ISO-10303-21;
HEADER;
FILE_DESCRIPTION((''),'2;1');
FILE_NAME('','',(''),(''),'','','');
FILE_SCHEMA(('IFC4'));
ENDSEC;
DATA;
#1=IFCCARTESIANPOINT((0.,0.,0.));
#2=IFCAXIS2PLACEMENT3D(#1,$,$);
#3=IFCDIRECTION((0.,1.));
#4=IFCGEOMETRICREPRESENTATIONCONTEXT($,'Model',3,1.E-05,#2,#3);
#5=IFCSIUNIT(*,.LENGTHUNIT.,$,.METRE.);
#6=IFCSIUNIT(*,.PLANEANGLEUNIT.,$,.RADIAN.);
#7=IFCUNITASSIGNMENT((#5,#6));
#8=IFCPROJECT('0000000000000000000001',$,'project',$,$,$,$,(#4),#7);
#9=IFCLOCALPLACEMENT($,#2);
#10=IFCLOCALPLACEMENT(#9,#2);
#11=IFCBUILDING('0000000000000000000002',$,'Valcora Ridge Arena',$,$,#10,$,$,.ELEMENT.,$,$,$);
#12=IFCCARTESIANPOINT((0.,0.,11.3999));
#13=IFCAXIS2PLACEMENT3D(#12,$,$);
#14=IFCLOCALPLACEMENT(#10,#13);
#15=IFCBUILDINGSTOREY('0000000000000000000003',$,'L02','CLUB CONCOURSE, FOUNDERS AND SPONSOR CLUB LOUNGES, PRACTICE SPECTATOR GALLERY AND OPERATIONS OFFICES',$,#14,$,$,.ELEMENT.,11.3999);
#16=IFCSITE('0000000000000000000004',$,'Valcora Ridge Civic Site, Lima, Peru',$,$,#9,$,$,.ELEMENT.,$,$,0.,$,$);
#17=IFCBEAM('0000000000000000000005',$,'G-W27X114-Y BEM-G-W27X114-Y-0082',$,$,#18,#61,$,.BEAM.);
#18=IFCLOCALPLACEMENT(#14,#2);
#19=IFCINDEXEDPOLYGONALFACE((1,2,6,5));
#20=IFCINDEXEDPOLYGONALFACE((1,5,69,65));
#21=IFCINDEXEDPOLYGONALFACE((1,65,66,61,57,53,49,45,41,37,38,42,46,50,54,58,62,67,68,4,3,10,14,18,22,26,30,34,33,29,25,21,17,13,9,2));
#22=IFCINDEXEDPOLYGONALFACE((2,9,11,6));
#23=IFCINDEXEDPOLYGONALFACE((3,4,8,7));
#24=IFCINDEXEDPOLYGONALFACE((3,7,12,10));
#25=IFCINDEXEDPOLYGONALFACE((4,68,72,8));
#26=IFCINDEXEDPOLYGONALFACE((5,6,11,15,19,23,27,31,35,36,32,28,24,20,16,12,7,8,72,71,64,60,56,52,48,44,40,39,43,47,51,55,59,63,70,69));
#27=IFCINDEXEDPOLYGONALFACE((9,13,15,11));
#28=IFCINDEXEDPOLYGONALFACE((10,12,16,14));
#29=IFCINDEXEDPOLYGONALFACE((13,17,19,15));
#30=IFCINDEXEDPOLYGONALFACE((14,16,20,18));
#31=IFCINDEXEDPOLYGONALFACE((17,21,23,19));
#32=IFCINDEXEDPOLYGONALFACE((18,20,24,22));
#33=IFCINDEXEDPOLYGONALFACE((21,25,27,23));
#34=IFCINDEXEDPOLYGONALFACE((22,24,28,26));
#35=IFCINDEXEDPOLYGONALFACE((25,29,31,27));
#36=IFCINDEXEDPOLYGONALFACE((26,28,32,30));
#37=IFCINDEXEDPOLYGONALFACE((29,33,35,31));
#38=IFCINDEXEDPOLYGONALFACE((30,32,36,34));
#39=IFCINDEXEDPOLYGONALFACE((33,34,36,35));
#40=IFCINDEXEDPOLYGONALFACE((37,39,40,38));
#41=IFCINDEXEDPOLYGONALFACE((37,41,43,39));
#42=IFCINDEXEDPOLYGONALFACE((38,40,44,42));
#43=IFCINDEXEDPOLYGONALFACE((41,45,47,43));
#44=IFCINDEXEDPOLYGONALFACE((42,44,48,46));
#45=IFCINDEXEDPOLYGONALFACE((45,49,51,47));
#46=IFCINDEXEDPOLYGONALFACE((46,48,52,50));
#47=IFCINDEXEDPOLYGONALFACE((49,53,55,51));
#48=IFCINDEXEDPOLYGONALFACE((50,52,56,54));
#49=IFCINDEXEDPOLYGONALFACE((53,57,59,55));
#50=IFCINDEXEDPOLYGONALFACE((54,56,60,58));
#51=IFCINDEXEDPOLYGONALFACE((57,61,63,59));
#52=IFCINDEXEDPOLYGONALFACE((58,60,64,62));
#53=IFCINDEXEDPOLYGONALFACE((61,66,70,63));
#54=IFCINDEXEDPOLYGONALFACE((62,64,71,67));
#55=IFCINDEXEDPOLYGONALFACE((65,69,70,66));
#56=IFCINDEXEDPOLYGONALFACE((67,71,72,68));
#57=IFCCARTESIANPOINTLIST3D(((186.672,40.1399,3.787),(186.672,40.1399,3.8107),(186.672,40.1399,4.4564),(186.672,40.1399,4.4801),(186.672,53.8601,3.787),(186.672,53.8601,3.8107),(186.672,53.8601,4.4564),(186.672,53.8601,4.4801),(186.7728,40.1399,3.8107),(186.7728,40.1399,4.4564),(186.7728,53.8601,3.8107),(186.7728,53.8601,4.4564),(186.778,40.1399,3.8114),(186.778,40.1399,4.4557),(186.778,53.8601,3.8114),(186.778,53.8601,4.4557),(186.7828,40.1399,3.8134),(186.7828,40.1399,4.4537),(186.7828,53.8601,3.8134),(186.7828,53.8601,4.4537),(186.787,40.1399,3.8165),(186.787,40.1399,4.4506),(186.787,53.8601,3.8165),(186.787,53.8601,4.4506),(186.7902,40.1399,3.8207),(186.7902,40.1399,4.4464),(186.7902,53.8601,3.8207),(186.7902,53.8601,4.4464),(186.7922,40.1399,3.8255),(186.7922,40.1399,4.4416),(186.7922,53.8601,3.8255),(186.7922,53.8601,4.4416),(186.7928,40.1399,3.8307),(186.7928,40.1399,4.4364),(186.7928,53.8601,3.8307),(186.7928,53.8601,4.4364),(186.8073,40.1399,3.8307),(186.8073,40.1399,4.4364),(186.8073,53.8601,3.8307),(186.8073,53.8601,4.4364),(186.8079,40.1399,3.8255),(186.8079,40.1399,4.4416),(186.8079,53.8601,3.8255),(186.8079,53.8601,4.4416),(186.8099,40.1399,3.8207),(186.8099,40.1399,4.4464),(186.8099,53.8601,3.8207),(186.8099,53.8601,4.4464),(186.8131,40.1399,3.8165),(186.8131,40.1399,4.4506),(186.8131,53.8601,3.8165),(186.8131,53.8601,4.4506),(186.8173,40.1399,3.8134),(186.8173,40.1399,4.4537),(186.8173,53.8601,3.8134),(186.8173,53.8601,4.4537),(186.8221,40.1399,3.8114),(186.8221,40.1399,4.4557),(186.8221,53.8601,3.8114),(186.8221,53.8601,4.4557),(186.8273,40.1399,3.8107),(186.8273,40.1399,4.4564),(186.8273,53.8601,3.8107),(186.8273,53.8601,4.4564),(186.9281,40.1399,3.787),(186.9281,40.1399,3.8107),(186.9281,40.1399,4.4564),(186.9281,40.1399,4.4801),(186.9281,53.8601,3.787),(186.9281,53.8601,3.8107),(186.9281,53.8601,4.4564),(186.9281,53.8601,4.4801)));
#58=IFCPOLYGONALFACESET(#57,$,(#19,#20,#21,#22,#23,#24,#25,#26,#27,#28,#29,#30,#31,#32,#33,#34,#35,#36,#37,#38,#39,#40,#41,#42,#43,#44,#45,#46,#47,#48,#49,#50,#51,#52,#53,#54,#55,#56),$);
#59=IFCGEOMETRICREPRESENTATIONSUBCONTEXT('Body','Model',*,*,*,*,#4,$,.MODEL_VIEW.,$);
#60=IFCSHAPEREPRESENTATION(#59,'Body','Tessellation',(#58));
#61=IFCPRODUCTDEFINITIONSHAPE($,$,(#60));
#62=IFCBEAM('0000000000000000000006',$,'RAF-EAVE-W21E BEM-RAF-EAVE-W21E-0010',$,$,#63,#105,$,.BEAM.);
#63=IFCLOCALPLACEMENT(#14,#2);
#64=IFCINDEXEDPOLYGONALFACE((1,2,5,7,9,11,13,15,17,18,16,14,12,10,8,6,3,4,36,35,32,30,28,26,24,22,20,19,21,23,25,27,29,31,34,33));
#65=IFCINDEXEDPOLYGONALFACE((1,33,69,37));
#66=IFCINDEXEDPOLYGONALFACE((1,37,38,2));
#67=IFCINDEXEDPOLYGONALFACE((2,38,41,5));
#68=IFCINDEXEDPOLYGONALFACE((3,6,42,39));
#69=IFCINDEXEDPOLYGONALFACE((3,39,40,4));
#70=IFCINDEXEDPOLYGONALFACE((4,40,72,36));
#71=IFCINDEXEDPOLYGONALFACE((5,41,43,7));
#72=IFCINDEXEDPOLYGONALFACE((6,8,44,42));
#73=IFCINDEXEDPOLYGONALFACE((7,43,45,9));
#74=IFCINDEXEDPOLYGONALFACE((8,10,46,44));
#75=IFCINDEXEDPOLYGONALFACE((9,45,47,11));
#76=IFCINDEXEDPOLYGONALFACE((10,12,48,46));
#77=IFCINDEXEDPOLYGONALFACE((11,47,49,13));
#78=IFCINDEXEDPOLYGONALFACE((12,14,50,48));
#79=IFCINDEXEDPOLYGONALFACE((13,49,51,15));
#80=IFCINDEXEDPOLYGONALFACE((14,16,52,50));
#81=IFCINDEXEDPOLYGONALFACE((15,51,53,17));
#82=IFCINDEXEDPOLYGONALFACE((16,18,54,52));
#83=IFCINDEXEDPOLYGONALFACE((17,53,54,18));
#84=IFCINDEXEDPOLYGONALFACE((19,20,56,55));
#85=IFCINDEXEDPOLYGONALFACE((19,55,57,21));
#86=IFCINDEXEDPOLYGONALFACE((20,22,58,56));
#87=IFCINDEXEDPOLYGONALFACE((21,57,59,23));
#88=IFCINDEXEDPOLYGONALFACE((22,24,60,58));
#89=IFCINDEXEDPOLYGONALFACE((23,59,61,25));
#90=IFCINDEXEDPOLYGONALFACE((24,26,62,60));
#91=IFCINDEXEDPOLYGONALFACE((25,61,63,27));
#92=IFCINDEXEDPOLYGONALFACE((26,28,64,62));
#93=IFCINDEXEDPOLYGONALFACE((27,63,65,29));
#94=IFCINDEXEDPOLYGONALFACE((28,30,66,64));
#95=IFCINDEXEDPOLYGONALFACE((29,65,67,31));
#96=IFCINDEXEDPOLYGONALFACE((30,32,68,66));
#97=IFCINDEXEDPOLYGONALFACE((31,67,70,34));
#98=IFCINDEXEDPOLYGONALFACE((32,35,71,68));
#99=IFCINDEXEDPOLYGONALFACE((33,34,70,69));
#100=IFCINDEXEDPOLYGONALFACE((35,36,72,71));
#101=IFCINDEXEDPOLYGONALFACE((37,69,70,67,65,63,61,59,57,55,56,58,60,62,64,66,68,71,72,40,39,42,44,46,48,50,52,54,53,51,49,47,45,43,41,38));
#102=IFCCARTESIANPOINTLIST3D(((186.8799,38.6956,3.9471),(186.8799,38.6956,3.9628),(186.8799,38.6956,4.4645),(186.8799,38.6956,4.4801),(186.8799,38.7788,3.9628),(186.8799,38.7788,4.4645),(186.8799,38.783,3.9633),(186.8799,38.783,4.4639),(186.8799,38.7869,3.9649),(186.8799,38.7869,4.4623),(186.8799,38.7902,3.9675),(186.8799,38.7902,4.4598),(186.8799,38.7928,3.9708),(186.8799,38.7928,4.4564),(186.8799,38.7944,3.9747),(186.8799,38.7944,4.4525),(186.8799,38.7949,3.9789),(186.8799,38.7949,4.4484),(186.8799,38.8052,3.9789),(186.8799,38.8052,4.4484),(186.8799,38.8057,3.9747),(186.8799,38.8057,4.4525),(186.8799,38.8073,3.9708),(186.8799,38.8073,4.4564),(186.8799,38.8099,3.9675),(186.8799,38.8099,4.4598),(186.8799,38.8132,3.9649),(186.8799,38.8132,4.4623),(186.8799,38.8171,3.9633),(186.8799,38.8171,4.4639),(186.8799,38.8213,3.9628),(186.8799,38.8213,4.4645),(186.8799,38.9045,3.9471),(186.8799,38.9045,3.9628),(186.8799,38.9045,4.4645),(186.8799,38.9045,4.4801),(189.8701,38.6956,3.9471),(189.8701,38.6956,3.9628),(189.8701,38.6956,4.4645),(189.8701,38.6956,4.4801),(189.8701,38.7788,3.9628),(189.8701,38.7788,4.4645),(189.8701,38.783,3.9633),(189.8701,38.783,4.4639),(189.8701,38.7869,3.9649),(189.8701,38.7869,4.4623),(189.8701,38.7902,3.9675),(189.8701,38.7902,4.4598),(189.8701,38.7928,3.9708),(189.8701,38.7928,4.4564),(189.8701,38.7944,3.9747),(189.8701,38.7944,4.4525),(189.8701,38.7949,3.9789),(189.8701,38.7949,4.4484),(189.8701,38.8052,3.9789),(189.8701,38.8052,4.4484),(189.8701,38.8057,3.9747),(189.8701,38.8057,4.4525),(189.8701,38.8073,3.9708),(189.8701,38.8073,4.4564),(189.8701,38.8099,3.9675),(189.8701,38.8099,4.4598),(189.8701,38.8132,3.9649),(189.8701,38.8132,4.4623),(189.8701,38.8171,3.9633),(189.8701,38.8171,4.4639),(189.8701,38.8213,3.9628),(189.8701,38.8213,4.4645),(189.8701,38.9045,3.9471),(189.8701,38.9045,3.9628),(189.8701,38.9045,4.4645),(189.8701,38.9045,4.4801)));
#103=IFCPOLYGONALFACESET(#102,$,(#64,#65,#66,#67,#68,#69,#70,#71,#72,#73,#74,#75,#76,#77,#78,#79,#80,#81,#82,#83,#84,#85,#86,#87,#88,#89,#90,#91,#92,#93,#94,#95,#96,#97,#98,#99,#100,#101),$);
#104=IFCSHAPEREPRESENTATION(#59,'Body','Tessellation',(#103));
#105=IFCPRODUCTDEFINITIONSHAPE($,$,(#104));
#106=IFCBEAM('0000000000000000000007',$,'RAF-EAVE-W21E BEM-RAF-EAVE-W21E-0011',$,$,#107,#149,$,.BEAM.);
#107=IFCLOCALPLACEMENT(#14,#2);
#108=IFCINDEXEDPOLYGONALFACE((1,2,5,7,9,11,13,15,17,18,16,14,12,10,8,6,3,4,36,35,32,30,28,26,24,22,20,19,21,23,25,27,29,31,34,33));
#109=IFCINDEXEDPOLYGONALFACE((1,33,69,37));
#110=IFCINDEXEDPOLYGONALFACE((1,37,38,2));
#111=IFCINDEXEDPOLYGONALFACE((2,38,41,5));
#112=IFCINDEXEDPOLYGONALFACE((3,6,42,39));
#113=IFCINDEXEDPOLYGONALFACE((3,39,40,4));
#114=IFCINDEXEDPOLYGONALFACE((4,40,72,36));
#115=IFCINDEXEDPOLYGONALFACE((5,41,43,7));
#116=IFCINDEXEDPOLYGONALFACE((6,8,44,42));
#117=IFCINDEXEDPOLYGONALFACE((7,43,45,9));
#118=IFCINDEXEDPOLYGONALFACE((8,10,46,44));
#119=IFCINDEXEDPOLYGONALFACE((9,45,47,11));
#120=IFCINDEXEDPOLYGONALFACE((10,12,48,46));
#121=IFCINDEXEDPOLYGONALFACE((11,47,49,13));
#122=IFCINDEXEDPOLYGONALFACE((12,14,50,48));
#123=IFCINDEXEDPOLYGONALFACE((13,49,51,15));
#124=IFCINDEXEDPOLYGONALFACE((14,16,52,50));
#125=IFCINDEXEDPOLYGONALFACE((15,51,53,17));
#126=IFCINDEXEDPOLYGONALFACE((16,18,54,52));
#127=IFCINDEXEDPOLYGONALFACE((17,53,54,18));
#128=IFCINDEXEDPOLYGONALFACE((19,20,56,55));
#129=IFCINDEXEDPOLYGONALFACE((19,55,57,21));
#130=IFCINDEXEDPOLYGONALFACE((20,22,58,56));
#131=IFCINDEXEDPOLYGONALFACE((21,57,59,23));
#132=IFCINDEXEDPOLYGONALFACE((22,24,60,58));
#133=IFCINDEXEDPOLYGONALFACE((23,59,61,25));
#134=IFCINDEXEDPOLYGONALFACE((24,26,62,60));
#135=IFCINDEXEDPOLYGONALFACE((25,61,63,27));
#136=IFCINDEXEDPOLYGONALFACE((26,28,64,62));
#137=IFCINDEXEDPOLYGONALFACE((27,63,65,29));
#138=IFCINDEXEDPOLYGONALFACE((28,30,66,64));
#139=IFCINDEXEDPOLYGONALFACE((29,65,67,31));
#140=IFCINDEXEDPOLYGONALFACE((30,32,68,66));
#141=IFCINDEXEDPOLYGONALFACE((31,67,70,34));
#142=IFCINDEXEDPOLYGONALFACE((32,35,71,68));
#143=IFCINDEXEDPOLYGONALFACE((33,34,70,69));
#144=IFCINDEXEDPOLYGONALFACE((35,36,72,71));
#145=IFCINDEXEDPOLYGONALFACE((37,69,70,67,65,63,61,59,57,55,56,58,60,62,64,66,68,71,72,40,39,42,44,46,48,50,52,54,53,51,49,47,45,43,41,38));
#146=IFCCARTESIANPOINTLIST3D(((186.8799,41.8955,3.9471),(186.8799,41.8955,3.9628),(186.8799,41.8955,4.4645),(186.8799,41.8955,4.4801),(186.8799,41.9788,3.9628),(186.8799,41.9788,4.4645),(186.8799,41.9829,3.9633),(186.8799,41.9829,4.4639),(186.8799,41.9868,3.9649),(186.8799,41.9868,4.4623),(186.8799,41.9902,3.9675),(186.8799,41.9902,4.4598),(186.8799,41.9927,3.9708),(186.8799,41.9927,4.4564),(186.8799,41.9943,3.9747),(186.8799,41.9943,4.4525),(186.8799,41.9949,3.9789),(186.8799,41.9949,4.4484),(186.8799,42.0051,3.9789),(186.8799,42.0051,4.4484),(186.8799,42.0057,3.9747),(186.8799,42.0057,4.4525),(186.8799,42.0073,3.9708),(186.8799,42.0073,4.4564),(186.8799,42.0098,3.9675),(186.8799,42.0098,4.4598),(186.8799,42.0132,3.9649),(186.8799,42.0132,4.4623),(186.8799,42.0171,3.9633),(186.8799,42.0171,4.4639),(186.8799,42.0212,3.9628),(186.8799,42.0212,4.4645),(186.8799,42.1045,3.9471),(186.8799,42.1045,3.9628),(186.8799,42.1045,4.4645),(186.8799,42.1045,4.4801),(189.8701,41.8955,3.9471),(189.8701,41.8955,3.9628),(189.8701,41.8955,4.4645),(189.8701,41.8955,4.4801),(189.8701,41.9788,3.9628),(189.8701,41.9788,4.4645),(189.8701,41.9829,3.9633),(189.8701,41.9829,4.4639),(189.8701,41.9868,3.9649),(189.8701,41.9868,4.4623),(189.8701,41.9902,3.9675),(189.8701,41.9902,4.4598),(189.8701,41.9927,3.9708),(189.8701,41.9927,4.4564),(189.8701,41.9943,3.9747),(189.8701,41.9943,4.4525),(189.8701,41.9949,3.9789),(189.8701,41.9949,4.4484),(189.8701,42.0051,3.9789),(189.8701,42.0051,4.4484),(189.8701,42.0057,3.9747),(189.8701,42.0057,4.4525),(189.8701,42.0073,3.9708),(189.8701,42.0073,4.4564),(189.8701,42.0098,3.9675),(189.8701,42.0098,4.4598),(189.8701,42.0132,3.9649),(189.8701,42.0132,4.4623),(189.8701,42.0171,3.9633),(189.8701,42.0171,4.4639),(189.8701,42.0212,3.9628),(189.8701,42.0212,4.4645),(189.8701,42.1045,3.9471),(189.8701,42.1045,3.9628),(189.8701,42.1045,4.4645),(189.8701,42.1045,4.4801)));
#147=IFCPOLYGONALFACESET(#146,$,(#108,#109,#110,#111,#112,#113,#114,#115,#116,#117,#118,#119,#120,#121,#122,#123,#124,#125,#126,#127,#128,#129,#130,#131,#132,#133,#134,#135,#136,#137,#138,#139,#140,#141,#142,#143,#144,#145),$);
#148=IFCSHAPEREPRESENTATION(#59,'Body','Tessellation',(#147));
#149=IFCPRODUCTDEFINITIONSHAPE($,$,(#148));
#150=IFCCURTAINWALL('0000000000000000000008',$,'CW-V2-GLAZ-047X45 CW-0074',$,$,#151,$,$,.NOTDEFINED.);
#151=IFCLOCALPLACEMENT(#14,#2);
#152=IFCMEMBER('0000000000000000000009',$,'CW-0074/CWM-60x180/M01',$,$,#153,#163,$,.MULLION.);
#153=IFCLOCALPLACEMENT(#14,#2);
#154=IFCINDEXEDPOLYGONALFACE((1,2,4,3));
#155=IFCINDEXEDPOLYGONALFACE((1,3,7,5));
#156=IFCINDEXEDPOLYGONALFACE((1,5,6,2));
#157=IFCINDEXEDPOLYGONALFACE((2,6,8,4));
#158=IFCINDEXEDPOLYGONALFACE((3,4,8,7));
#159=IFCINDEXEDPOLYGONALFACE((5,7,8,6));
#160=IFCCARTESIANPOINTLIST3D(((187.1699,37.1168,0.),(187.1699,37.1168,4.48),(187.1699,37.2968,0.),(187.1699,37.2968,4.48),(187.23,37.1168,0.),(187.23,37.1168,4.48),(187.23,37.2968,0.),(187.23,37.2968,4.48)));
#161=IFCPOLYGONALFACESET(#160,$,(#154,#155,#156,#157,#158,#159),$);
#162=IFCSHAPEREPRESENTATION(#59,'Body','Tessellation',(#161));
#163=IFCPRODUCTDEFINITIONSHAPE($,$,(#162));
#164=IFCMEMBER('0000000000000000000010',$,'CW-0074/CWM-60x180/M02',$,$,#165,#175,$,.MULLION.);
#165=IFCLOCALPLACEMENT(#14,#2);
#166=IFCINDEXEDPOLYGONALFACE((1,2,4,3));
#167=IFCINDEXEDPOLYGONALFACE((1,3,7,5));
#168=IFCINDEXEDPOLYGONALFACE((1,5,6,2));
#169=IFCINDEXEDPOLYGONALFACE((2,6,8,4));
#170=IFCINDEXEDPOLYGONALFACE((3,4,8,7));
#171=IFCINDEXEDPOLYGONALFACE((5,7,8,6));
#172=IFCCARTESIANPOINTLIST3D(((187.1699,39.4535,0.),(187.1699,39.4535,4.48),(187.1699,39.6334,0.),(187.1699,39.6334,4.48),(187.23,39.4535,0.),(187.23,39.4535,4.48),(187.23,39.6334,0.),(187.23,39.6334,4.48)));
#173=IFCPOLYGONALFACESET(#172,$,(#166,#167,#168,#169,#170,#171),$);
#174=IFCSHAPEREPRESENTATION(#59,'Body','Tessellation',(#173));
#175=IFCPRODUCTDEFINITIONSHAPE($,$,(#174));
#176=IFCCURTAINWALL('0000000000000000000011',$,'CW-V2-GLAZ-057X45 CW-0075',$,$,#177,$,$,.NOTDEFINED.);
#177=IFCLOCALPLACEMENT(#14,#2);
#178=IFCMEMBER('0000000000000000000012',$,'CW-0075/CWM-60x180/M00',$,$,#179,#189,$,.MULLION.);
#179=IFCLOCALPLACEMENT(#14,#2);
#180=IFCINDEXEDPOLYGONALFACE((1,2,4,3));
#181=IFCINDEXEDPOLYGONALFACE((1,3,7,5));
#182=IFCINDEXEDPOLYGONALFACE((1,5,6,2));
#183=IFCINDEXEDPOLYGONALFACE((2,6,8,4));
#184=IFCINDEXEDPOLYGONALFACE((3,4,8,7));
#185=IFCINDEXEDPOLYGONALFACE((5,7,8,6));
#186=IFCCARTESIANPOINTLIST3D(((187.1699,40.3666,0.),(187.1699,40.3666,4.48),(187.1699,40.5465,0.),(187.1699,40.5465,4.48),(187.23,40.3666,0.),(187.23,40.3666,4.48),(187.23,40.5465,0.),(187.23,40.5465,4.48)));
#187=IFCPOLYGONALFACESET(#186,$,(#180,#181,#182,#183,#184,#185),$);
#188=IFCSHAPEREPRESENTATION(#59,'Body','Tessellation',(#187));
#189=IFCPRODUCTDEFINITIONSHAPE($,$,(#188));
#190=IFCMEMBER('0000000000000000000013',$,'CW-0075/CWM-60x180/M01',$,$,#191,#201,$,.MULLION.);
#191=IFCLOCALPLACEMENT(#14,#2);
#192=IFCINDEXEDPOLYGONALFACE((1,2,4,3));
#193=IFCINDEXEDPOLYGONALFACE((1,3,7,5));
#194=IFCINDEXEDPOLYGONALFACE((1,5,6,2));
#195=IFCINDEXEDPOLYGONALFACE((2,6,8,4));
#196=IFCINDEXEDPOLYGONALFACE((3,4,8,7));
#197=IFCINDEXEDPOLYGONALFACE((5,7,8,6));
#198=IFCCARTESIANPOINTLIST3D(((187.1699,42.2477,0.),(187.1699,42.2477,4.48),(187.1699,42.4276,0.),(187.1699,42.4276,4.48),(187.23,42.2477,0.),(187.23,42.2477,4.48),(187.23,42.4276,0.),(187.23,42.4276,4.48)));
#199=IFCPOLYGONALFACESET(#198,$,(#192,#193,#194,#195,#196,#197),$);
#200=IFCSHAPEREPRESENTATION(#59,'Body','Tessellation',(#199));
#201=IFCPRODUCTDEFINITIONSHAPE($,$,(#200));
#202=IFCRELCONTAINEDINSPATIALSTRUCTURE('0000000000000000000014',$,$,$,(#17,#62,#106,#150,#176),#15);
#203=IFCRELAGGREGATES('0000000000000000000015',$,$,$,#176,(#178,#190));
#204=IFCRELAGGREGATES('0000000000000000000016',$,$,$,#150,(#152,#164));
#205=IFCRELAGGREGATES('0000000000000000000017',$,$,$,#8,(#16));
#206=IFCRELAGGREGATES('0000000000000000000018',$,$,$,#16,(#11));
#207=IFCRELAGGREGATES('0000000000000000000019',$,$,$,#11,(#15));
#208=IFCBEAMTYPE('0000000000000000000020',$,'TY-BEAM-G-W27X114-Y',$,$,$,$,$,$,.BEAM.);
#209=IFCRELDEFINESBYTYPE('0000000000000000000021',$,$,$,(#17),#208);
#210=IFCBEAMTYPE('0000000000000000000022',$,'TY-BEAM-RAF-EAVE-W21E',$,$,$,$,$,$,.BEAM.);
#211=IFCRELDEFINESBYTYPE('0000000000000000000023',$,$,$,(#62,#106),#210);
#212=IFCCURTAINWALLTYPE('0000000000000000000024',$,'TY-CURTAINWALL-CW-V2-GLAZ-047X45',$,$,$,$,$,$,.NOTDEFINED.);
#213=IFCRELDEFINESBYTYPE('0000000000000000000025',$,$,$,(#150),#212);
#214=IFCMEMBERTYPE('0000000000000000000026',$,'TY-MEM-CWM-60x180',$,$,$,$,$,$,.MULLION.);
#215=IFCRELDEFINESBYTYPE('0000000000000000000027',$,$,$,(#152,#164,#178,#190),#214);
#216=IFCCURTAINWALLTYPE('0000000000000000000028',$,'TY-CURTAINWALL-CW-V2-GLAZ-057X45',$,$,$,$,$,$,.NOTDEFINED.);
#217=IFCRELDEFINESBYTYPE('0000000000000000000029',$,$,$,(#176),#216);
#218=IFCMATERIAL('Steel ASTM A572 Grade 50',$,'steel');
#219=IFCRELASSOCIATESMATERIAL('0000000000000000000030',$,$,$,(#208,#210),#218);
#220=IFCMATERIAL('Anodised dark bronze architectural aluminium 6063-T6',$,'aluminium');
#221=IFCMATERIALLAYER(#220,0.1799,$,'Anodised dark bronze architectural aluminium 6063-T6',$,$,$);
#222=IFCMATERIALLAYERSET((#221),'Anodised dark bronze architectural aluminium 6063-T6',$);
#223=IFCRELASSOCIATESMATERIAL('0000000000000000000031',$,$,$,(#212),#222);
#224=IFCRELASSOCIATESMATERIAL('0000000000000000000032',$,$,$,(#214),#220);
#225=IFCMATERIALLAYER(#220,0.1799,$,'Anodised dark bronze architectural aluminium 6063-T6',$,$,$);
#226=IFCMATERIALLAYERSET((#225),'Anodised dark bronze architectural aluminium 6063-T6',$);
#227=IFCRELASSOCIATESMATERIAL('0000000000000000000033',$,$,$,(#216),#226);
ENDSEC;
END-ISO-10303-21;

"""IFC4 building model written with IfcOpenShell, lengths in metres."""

from ifc_helpers import new_model, si_unit, direction, frame, origin, origin_2d, place, context, subcontext, project, spatial, rectangle, i_section, extrude, material, layer, layer_set, material_profile, profile_set, type_object, element, aggregate, save


model = new_model("IFC4")

# Units and contexts
model_context = context("Model", 3, precision=1e-05, world=origin(), true_north=direction((0.0, 1.0)))
body_context = subcontext(model_context, "Body", "Model", "MODEL_VIEW")
ifc_project = project(units=[si_unit("LENGTHUNIT", "METRE"), si_unit("PLANEANGLEUNIT", "RADIAN")], contexts=[model_context])

# Site, building, storey
site_placement = place(None, origin())
site = spatial("IfcSite", under=ifc_project, at=site_placement, Name="Valcora Ridge Civic Site, Lima, Peru", CompositionType="ELEMENT", RefElevation=0.0)
building_placement = place(site_placement, origin())
building = spatial("IfcBuilding", under=site, at=building_placement, Name="Valcora Ridge Arena", CompositionType="ELEMENT")
storey_placement = place(building_placement, frame((0.0, 0.0, 11.3999)))
storey = spatial("IfcBuildingStorey", under=building, at=storey_placement, Name="L02", Description="CLUB CONCOURSE, FOUNDERS AND SPONSOR CLUB LOUNGES, PRACTICE SPECTATOR GALLERY AND OPERATIONS OFFICES", CompositionType="ELEMENT", Elevation=11.3999)

# Shared definitions
ifc_material_1 = material(Name="Steel ASTM A572 Grade 50", Category="steel")

# Beams
ifc_material_profile_1 = material_profile(ifc_material_1, i_section(OverallWidth=0.2561, OverallDepth=0.6931, WebThickness=0.0144, FlangeThickness=0.0237, FilletRadius=0.02, at=origin_2d()), Name="W27X114")
ifc_profile_set_1 = profile_set([ifc_material_profile_1], Name="Steel ASTM A572 Grade 50")
beam_type_1 = type_object("IfcBeamType", Name="TY-BEAM-G-W27X114-Y", PredefinedType="BEAM", material=ifc_profile_set_1)
for number, where, z_axis, x_axis, name in (
    (1, (186.8, 40.1399, 4.1335), (0.0, 1.0, 0.0), (-1.0, 0.0, 0.0), "G-W27X114-Y BEM-G-W27X114-Y-0082"),
):
    element("IfcBeam", number, at=place(storey_placement, frame(where, z_axis=z_axis, x_axis=x_axis)), inside=storey, type_object=beam_type_1, Name=name, PredefinedType="BEAM", context=body_context, shape_type="SweptSolid", body=[
        extrude(i_section(OverallWidth=0.2561, OverallDepth=0.6931, WebThickness=0.0144, FlangeThickness=0.0237, FilletRadius=0.02, at=origin_2d()), origin(), (0.0, 0.0, 1.0), 13.7202),
    ])
ifc_material_profile_2 = material_profile(ifc_material_1, i_section(OverallWidth=0.209, OverallDepth=0.533, WebThickness=0.0103, FlangeThickness=0.0156, FilletRadius=0.0161, at=origin_2d()), Name="W21X62")
ifc_profile_set_2 = profile_set([ifc_material_profile_2], Name="Steel ASTM A572 Grade 50")
beam_type_2 = type_object("IfcBeamType", Name="TY-BEAM-RAF-EAVE-W21E", PredefinedType="BEAM", material=ifc_profile_set_2)
for number, where, z_axis, x_axis, name in (
    (2, (186.8799, 38.8, 4.2136), (1.0, 0.0, 0.0), (0.0, 1.0, 0.0), "RAF-EAVE-W21E BEM-RAF-EAVE-W21E-0010"),
    (3, (186.8799, 42.0, 4.2136), (1.0, 0.0, 0.0), (0.0, 1.0, 0.0), "RAF-EAVE-W21E BEM-RAF-EAVE-W21E-0011"),
):
    element("IfcBeam", number, at=place(storey_placement, frame(where, z_axis=z_axis, x_axis=x_axis)), inside=storey, type_object=beam_type_2, Name=name, PredefinedType="BEAM", context=body_context, shape_type="SweptSolid", body=[
        extrude(i_section(OverallWidth=0.209, OverallDepth=0.533, WebThickness=0.0103, FlangeThickness=0.0156, FilletRadius=0.0161, at=origin_2d()), origin(), (0.0, 0.0, 1.0), 2.9902),
    ])

# Curtain walls, members
ifc_material_2 = material(Name="Anodised dark bronze architectural aluminium 6063-T6", Category="aluminium")
ifc_layer_1 = layer(ifc_material_2, 0.1799, Name="Anodised dark bronze architectural aluminium 6063-T6")
ifc_layer_set_1 = layer_set([ifc_layer_1], Name="Anodised dark bronze architectural aluminium 6063-T6")
curtain_wall_type_1 = type_object("IfcCurtainWallType", Name="TY-CURTAINWALL-CW-V2-GLAZ-047X45", PredefinedType="NOTDEFINED", material=ifc_layer_set_1)
curtain_wall_1_placement = place(storey_placement, origin())
curtain_wall_1 = element("IfcCurtainWall", 4, at=curtain_wall_1_placement, inside=storey, type_object=curtain_wall_type_1, Name="CW-V2-GLAZ-047X45 CW-0074", PredefinedType="NOTDEFINED")
ifc_material_profile_3 = material_profile(ifc_material_2, rectangle(XDim=0.0601, YDim=0.1799, at=origin_2d()), Name="ALU MULLION 60x180")
ifc_profile_set_3 = profile_set([ifc_material_profile_3], Name="Anodised dark bronze architectural aluminium 6063-T6")
member_type_1 = type_object("IfcMemberType", Name="TY-MEM-CWM-60x180", PredefinedType="MULLION", material=ifc_profile_set_3)
member_1_placement = place(storey_placement, frame((187.2, 37.2068, 0.0), z_axis=(0.0, 0.0, 1.0), x_axis=(-1.0, 0.0, 0.0)))
member_1 = element("IfcMember", 5, at=member_1_placement, type_object=member_type_1, Name="CW-0074/CWM-60x180/M01", PredefinedType="MULLION", context=body_context, shape_type="SweptSolid", body=[
    extrude(rectangle(XDim=0.0601, YDim=0.1799, at=origin_2d()), origin(), (0.0, 0.0, 1.0), 4.48),
])
member_2_placement = place(storey_placement, frame((187.2, 39.5435, 0.0), z_axis=(0.0, 0.0, 1.0), x_axis=(-1.0, 0.0, 0.0)))
member_2 = element("IfcMember", 6, at=member_2_placement, type_object=member_type_1, Name="CW-0074/CWM-60x180/M02", PredefinedType="MULLION", context=body_context, shape_type="SweptSolid", body=[
    extrude(rectangle(XDim=0.0601, YDim=0.1799, at=origin_2d()), origin(), (0.0, 0.0, 1.0), 4.48),
])
ifc_layer_2 = layer(ifc_material_2, 0.1799, Name="Anodised dark bronze architectural aluminium 6063-T6")
ifc_layer_set_2 = layer_set([ifc_layer_2], Name="Anodised dark bronze architectural aluminium 6063-T6")
curtain_wall_type_2 = type_object("IfcCurtainWallType", Name="TY-CURTAINWALL-CW-V2-GLAZ-057X45", PredefinedType="NOTDEFINED", material=ifc_layer_set_2)
curtain_wall_2_placement = place(storey_placement, origin())
curtain_wall_2 = element("IfcCurtainWall", 7, at=curtain_wall_2_placement, inside=storey, type_object=curtain_wall_type_2, Name="CW-V2-GLAZ-057X45 CW-0075", PredefinedType="NOTDEFINED")
member_3_placement = place(storey_placement, frame((187.2, 40.4565, 0.0), z_axis=(0.0, 0.0, 1.0), x_axis=(-1.0, 0.0, 0.0)))
member_3 = element("IfcMember", 8, at=member_3_placement, type_object=member_type_1, Name="CW-0075/CWM-60x180/M00", PredefinedType="MULLION", context=body_context, shape_type="SweptSolid", body=[
    extrude(rectangle(XDim=0.0601, YDim=0.1799, at=origin_2d()), origin(), (0.0, 0.0, 1.0), 4.48),
])
member_4_placement = place(storey_placement, frame((187.2, 42.3376, 0.0), z_axis=(0.0, 0.0, 1.0), x_axis=(-1.0, 0.0, 0.0)))
member_4 = element("IfcMember", 9, at=member_4_placement, type_object=member_type_1, Name="CW-0075/CWM-60x180/M01", PredefinedType="MULLION", context=body_context, shape_type="SweptSolid", body=[
    extrude(rectangle(XDim=0.0601, YDim=0.1799, at=origin_2d()), origin(), (0.0, 0.0, 1.0), 4.48),
])

aggregate(curtain_wall_2, [member_3, member_4])
aggregate(curtain_wall_1, [member_1, member_2])

save(model, "model.ifc")
